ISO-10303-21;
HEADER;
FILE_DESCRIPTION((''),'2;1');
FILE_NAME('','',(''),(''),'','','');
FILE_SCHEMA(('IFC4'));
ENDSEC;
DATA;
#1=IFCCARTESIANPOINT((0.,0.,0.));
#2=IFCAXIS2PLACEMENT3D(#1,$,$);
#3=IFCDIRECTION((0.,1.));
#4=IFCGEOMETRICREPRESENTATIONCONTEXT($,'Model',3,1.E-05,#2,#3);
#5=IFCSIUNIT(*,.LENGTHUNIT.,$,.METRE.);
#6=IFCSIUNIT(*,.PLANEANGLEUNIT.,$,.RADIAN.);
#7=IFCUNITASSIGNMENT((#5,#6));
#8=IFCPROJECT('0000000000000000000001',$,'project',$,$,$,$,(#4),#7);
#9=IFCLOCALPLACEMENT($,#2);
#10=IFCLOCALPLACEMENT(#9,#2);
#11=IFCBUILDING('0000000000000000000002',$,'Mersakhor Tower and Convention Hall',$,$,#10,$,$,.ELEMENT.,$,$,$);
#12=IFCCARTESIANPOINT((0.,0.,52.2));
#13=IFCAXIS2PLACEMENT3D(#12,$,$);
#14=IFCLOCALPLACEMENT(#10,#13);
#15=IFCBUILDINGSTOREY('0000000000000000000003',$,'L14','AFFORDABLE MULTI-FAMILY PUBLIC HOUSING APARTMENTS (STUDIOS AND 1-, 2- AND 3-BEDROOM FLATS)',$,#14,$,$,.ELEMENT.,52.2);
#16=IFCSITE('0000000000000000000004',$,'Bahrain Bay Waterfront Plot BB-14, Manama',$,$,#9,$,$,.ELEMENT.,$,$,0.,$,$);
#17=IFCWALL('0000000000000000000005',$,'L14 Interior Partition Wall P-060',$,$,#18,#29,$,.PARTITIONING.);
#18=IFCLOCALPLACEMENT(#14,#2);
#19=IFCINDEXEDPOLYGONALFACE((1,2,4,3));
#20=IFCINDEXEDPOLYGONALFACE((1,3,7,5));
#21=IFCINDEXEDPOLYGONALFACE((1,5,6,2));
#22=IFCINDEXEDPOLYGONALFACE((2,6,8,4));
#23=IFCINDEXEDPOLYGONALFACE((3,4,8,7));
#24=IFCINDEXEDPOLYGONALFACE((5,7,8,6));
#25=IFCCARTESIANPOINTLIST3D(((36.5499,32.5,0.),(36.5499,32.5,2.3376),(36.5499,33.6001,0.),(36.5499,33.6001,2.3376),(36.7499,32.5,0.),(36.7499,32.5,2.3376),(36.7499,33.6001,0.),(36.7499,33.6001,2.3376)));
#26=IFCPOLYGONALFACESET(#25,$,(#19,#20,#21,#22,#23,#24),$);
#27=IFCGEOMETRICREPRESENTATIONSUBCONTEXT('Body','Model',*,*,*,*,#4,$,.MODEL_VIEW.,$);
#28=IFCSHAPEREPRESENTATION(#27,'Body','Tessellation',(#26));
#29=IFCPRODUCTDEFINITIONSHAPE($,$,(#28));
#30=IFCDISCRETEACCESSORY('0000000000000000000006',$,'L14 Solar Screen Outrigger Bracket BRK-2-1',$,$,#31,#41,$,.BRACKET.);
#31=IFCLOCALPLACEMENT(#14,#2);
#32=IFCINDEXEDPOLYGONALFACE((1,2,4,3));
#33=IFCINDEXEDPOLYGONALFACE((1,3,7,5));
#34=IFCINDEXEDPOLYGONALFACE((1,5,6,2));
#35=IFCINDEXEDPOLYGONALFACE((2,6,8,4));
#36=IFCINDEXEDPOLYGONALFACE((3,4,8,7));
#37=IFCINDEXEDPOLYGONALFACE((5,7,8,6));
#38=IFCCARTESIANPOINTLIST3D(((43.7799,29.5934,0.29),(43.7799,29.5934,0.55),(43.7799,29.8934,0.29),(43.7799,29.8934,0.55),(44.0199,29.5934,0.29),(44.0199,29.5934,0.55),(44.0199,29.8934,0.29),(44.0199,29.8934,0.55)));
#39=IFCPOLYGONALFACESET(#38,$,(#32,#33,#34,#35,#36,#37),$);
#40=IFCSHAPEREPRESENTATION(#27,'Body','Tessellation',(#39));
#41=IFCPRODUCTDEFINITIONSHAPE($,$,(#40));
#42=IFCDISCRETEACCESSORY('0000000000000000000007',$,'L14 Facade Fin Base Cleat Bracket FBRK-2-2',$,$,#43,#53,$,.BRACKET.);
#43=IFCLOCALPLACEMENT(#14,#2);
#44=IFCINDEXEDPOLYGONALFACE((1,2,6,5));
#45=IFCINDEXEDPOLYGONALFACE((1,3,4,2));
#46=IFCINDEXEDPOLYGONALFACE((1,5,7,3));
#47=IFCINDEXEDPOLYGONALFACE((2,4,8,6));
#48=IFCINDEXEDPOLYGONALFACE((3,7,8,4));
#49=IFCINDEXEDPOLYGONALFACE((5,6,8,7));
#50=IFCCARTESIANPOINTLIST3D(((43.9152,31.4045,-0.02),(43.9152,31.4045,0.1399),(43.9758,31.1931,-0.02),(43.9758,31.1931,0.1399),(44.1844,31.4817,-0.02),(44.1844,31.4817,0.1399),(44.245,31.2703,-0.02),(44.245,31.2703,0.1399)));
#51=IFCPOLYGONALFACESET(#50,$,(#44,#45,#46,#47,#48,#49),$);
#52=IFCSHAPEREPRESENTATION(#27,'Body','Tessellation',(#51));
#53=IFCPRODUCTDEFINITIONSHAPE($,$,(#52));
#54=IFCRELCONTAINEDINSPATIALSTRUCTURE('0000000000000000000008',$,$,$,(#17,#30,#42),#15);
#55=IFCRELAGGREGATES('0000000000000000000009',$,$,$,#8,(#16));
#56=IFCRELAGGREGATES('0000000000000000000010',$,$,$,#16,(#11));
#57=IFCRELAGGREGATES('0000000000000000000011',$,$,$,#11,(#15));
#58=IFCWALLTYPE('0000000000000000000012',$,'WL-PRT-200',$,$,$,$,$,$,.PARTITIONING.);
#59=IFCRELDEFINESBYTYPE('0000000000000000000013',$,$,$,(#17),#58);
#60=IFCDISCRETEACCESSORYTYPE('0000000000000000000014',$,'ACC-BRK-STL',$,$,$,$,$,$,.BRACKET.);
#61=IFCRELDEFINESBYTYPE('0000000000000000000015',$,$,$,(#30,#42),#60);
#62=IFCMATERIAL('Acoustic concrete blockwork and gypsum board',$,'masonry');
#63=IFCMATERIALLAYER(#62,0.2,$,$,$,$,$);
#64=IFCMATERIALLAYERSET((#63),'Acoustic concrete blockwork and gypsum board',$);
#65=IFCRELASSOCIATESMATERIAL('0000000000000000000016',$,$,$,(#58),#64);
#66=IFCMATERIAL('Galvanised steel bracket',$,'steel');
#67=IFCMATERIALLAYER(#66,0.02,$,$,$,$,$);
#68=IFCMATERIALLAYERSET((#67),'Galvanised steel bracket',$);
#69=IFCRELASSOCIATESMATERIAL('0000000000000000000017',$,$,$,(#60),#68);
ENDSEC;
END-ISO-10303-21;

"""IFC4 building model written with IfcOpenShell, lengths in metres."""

from ifc_helpers import new_model, si_unit, direction, frame, frame_2d, origin, origin_2d, place, context, subcontext, project, spatial, rectangle, extrude, material, layer, layer_set, type_object, element, save


model = new_model("IFC4")

# Units and contexts
model_context = context("Model", 3, precision=1e-05, world=origin(), true_north=direction((0.0, 1.0)))
body_context = subcontext(model_context, "Body", "Model", "MODEL_VIEW")
ifc_project = project(units=[si_unit("LENGTHUNIT", "METRE"), si_unit("PLANEANGLEUNIT", "RADIAN")], contexts=[model_context])

# Site, building, storey
site_placement = place(None, origin())
site = spatial("IfcSite", under=ifc_project, at=site_placement, Name="Bahrain Bay Waterfront Plot BB-14, Manama", CompositionType="ELEMENT", RefElevation=0.0)
building_placement = place(site_placement, origin())
building = spatial("IfcBuilding", under=site, at=building_placement, Name="Mersakhor Tower and Convention Hall", CompositionType="ELEMENT")
storey_placement = place(building_placement, frame((0.0, 0.0, 52.2)))
storey = spatial("IfcBuildingStorey", under=building, at=storey_placement, Name="L14", Description="AFFORDABLE MULTI-FAMILY PUBLIC HOUSING APARTMENTS (STUDIOS AND 1-, 2- AND 3-BEDROOM FLATS)", CompositionType="ELEMENT", Elevation=52.2)

# Wall
ifc_material_1 = material(Name="Acoustic concrete blockwork and gypsum board", Category="masonry")
ifc_layer_1 = layer(ifc_material_1, 0.2)
ifc_layer_set_1 = layer_set([ifc_layer_1], Name="Acoustic concrete blockwork and gypsum board")
wall_type_1 = type_object("IfcWallType", Name="WL-PRT-200", PredefinedType="PARTITIONING", material=ifc_layer_set_1)
wall_1_placement = place(storey_placement, frame((36.6499, 32.5, 0.0), z_axis=(0.0, 0.0, 1.0), x_axis=(0.0, 1.0, 0.0)))
element("IfcWall", 1, at=wall_1_placement, inside=storey, type_object=wall_type_1, Name="L14 Interior Partition Wall P-060", PredefinedType="PARTITIONING", context=body_context, shape_type="SweptSolid", body=[
    extrude(rectangle(XDim=1.1001, YDim=0.2, at=frame_2d((0.55, 0.0))), origin(), (0.0, 0.0, 1.0), 2.3376),
])

# Discrete accessories
ifc_material_2 = material(Name="Galvanised steel bracket", Category="steel")
ifc_layer_2 = layer(ifc_material_2, 0.02)
ifc_layer_set_2 = layer_set([ifc_layer_2], Name="Galvanised steel bracket")
discrete_accessory_type = type_object("IfcDiscreteAccessoryType", Name="ACC-BRK-STL", PredefinedType="BRACKET", material=ifc_layer_set_2)
discrete_accessory_1_placement = place(storey_placement, frame((43.8999, 29.7434, 0.29), z_axis=(0.0, 0.0, 1.0), x_axis=(0.0, -1.0, 0.0)))
element("IfcDiscreteAccessory", 2, at=discrete_accessory_1_placement, inside=storey, type_object=discrete_accessory_type, Name="L14 Solar Screen Outrigger Bracket BRK-2-1", PredefinedType="BRACKET", context=body_context, shape_type="SweptSolid", body=[
    extrude(rectangle(XDim=0.3, YDim=0.24, at=origin_2d()), origin(), (0.0, 0.0, 1.0), 0.26),
])
discrete_accessory_2_placement = place(storey_placement, frame((44.0801, 31.3374, -0.02), z_axis=(0.0, 0.0, 1.0), x_axis=(0.961262, 0.275637, 0.0)))
element("IfcDiscreteAccessory", 3, at=discrete_accessory_2_placement, inside=storey, type_object=discrete_accessory_type, Name="L14 Facade Fin Base Cleat Bracket FBRK-2-2", PredefinedType="BRACKET", context=body_context, shape_type="SweptSolid", body=[
    extrude(rectangle(XDim=0.28, YDim=0.22, at=origin_2d()), origin(), (0.0, 0.0, 1.0), 0.1599),
])

save(model, "model.ifc")
